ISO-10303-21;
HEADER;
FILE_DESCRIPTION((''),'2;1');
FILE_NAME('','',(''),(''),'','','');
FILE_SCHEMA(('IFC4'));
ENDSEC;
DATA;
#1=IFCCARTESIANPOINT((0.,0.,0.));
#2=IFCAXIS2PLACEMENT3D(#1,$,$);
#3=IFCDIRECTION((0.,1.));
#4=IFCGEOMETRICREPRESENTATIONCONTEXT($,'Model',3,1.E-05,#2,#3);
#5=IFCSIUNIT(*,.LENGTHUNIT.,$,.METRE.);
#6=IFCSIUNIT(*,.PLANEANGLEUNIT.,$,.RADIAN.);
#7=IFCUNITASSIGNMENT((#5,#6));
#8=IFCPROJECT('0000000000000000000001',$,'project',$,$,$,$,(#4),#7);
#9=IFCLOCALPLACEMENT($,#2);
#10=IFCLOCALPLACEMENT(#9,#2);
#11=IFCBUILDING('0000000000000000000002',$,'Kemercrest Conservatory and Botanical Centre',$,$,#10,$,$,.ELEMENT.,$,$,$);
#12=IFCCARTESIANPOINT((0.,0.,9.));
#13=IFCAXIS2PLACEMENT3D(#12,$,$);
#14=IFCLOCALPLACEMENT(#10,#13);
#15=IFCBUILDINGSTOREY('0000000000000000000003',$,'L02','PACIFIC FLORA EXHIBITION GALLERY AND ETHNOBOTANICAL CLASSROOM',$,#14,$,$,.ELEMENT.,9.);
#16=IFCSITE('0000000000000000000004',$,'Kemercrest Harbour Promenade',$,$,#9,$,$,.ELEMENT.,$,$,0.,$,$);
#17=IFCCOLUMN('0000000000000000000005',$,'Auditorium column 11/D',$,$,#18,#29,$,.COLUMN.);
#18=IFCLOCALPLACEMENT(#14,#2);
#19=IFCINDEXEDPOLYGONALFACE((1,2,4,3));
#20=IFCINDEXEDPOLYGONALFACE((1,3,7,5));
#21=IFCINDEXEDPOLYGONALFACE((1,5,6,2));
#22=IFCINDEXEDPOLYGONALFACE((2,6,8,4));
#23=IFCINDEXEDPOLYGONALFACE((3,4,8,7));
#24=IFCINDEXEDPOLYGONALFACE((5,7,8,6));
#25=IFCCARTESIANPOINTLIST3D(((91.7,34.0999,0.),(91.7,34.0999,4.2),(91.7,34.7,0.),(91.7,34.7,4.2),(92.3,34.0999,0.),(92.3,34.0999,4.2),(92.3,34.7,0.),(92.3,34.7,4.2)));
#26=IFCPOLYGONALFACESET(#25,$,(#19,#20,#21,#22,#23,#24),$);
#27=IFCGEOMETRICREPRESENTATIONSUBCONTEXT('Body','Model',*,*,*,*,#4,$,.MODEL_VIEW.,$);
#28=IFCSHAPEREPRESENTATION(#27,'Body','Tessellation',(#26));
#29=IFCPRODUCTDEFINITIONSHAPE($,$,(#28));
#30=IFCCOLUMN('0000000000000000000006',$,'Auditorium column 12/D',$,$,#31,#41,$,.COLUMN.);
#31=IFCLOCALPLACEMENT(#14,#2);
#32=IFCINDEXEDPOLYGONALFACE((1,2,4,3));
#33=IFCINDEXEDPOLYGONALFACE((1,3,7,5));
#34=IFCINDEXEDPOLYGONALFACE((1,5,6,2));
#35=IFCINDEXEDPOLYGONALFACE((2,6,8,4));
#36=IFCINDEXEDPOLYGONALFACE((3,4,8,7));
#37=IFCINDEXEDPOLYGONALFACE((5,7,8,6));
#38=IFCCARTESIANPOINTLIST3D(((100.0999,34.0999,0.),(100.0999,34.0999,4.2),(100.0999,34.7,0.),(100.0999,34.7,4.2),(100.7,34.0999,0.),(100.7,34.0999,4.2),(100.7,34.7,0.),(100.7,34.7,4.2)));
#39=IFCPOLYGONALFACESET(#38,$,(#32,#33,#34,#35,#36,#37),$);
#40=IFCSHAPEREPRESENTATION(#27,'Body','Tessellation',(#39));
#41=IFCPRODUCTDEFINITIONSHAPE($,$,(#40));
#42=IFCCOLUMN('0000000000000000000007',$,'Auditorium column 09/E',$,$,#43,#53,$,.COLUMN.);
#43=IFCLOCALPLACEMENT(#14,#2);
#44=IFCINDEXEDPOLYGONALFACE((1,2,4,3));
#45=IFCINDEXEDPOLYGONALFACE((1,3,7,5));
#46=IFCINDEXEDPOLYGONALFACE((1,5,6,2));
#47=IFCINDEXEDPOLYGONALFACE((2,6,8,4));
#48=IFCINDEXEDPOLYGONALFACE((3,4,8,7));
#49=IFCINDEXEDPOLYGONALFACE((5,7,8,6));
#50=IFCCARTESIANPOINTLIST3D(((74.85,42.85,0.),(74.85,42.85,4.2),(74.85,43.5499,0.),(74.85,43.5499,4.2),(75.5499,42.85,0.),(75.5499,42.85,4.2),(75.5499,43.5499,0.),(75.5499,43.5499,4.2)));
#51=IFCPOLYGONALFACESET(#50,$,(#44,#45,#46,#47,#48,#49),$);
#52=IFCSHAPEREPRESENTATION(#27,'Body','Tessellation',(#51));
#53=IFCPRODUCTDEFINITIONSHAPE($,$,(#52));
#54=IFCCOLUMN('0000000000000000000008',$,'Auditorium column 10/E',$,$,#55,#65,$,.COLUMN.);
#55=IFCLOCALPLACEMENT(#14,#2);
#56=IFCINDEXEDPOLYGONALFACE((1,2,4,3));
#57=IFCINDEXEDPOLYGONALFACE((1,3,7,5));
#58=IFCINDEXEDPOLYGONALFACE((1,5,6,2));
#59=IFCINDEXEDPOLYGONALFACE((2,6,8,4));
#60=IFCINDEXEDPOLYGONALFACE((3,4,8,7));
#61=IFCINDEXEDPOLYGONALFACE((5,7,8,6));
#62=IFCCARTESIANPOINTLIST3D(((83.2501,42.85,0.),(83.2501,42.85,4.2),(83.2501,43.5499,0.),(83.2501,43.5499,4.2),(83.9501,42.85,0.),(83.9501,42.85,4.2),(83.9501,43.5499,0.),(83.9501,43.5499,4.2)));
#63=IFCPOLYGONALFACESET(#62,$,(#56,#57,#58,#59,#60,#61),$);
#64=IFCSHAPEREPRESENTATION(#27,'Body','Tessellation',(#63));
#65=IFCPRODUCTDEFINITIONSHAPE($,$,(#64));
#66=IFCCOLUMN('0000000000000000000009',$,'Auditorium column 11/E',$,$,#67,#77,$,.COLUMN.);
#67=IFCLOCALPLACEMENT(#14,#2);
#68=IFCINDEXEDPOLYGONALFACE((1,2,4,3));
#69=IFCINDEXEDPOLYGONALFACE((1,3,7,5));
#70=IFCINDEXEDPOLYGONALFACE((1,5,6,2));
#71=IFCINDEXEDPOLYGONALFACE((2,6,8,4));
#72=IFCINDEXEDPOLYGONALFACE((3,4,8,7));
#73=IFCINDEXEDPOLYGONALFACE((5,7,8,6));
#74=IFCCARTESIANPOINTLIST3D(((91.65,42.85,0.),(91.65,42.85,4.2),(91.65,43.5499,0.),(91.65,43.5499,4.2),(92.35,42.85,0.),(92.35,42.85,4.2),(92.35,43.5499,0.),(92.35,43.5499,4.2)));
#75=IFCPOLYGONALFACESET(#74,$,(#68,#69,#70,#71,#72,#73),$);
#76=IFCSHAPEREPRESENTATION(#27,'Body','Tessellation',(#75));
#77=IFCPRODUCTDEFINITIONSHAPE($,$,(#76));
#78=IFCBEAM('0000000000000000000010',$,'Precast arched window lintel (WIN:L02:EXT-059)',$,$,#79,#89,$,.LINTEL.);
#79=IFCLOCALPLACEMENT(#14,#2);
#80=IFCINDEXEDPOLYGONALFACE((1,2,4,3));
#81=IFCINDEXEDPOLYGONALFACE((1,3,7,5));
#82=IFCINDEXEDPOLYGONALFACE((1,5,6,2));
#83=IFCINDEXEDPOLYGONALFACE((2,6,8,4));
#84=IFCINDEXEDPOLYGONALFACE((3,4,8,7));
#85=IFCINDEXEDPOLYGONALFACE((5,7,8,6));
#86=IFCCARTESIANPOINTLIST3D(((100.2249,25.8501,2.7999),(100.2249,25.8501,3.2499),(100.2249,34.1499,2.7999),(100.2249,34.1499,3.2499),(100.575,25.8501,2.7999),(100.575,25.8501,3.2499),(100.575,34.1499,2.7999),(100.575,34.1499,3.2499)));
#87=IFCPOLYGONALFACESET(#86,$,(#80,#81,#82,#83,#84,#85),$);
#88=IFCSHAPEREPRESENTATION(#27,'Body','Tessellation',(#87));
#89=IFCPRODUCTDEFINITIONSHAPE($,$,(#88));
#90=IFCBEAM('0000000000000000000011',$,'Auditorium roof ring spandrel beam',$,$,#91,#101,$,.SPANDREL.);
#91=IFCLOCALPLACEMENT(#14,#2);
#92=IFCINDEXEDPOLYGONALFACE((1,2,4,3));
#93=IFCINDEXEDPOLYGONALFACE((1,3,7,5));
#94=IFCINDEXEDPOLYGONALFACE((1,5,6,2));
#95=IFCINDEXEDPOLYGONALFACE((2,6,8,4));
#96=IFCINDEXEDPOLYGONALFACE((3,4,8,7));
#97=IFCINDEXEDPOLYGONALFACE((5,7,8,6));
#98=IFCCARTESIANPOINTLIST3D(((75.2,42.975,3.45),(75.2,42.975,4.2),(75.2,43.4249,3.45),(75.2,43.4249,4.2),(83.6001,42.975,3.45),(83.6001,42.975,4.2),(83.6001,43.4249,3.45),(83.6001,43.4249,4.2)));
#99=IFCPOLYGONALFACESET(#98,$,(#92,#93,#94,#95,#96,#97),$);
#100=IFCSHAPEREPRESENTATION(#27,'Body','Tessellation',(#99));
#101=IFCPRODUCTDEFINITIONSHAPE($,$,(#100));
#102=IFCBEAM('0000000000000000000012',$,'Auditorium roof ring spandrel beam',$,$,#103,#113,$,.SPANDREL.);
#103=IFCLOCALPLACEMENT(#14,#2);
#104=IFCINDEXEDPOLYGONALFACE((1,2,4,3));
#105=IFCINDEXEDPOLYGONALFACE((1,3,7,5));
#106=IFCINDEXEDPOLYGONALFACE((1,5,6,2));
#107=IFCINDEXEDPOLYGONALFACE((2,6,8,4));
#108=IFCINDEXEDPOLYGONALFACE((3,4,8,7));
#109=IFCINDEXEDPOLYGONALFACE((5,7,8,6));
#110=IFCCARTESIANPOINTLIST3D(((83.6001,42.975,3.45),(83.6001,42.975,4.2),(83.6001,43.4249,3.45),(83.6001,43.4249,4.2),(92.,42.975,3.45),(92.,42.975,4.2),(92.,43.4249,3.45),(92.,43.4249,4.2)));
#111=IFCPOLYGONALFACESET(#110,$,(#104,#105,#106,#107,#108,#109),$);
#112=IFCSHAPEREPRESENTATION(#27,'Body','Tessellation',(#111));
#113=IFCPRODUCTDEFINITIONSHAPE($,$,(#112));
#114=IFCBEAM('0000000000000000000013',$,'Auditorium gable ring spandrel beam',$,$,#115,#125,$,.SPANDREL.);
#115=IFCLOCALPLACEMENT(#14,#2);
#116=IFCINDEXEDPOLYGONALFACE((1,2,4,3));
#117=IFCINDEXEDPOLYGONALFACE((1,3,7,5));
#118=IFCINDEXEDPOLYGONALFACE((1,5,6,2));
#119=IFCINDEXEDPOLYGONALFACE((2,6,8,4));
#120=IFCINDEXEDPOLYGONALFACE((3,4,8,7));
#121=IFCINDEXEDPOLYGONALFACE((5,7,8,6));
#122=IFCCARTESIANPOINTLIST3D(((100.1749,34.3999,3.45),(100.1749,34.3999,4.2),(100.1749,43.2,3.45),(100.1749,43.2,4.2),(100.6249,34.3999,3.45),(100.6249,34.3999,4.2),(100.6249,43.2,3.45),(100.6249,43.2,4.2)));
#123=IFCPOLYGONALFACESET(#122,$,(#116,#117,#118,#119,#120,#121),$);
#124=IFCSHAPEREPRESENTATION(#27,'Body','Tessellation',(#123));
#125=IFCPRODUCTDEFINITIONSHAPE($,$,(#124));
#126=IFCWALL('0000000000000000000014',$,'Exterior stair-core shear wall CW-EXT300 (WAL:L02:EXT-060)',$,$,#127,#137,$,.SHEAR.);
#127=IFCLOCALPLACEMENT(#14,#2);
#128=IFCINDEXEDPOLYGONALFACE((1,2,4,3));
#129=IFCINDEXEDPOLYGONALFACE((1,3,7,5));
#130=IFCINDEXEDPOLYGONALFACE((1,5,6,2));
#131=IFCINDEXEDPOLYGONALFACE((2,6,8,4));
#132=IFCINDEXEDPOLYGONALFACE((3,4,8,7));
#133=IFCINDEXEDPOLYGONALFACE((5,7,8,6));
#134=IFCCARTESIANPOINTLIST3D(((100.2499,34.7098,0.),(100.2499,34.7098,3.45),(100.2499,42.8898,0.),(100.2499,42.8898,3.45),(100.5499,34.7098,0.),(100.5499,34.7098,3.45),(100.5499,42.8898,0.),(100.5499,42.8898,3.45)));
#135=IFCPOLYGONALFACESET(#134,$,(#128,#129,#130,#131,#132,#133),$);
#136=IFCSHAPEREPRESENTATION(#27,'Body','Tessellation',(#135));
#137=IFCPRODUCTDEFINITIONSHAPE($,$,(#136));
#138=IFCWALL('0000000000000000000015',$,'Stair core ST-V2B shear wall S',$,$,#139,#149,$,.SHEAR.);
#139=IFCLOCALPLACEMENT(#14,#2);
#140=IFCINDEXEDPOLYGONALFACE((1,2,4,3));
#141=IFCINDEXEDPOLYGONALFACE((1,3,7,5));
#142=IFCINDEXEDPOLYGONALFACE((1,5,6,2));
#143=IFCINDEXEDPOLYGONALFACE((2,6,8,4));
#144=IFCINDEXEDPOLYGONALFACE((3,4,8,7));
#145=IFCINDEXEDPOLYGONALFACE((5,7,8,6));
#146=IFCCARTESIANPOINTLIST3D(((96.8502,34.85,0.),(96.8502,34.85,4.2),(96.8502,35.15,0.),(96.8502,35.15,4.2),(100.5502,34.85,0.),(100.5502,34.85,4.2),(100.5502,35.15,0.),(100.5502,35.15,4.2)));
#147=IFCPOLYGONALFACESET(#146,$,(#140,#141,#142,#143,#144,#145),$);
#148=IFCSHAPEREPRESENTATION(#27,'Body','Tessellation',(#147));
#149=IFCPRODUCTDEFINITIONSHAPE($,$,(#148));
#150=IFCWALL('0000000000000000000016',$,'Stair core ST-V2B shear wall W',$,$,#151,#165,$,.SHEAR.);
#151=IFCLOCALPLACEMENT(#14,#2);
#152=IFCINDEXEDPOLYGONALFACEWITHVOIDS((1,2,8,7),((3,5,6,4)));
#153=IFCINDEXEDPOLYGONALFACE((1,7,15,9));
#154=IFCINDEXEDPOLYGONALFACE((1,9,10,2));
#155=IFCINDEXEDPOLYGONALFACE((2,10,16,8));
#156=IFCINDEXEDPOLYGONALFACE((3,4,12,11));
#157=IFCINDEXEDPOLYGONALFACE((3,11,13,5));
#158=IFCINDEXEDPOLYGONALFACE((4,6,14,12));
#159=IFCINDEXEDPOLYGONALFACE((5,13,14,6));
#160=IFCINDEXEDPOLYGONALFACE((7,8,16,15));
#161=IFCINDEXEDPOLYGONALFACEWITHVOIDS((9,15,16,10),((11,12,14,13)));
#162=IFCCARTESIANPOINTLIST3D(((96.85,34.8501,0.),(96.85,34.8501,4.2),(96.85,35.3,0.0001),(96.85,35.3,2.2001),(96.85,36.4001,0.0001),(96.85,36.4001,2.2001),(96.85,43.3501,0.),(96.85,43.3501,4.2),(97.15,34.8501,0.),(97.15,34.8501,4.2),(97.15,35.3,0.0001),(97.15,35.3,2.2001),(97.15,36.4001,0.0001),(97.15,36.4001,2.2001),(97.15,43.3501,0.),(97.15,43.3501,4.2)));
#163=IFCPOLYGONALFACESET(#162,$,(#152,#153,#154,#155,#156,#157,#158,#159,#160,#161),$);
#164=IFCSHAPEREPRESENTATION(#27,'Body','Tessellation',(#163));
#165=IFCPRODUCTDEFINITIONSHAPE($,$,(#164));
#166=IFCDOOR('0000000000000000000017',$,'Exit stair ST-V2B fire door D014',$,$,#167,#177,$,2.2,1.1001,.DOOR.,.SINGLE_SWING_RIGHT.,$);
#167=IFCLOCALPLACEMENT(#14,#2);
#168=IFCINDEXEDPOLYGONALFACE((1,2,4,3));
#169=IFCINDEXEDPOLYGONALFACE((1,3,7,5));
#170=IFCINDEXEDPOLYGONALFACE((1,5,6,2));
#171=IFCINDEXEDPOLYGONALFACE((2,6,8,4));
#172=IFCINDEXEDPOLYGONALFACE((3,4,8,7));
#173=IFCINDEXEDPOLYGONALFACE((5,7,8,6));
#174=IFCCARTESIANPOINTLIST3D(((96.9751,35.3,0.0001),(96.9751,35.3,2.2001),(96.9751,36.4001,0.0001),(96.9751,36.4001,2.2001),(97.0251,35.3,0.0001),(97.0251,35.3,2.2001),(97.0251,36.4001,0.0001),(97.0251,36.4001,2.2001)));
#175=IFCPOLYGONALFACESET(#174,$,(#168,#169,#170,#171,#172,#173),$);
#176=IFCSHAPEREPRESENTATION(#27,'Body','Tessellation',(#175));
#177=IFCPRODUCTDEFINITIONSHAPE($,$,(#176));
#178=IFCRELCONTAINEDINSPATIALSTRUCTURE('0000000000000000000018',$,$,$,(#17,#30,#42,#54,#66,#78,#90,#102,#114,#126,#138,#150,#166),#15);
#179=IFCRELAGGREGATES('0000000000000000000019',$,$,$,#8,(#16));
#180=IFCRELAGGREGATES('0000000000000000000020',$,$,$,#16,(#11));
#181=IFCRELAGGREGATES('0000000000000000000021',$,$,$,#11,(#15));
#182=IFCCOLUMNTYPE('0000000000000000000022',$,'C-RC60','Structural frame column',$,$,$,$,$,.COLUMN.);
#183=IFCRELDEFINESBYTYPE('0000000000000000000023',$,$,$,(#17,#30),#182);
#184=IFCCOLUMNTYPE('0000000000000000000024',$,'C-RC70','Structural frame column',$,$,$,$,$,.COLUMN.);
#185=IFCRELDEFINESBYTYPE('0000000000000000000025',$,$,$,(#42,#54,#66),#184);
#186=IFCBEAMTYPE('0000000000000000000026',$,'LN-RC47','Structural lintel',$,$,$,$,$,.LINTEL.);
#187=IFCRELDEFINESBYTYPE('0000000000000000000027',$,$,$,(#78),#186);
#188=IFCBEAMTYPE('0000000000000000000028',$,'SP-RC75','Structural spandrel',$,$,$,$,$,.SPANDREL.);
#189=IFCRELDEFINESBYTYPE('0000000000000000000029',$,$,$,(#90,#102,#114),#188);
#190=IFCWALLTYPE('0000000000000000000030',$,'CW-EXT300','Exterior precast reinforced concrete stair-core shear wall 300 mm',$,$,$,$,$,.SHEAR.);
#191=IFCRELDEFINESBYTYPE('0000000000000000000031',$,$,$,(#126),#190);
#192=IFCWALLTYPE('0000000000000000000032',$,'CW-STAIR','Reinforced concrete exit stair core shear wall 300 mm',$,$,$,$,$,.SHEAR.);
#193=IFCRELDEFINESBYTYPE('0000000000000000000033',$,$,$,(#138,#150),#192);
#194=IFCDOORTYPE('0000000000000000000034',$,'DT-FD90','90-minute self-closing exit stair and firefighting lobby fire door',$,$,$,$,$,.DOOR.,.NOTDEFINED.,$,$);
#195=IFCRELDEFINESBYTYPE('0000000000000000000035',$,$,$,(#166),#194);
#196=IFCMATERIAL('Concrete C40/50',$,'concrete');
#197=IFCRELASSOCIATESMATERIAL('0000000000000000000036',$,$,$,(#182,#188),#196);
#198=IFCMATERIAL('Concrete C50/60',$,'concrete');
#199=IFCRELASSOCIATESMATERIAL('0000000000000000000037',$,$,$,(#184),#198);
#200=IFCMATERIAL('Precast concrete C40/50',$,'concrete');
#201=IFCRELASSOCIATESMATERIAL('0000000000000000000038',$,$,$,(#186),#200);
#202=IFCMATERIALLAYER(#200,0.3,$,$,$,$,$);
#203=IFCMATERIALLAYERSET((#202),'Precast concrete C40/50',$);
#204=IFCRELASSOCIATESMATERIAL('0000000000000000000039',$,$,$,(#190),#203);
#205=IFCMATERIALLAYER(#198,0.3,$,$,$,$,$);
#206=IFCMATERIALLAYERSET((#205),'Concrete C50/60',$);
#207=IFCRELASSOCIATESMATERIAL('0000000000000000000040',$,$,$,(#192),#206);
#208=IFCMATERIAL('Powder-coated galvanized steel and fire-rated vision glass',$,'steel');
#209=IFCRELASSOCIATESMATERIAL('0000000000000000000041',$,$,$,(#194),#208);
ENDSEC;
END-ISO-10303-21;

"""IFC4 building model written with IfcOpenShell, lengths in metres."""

from ifc_helpers import new_model, si_unit, direction, frame, frame_2d, origin, origin_2d, place, context, subcontext, project, spatial, rectangle, extrude, material, layer, layer_set, material_profile, profile_set, type_object, element, fill, save


model = new_model("IFC4")

# Units and contexts
model_context = context("Model", 3, precision=1e-05, world=origin(), true_north=direction((0.0, 1.0)))
body_context = subcontext(model_context, "Body", "Model", "MODEL_VIEW")
ifc_project = project(units=[si_unit("LENGTHUNIT", "METRE"), si_unit("PLANEANGLEUNIT", "RADIAN")], contexts=[model_context])

# Site, building, storey
site_placement = place(None, origin())
site = spatial("IfcSite", under=ifc_project, at=site_placement, Name="Kemercrest Harbour Promenade", CompositionType="ELEMENT", RefElevation=0.0)
building_placement = place(site_placement, origin())
building = spatial("IfcBuilding", under=site, at=building_placement, Name="Kemercrest Conservatory and Botanical Centre", CompositionType="ELEMENT")
storey_placement = place(building_placement, frame((0.0, 0.0, 9.0)))
storey = spatial("IfcBuildingStorey", under=building, at=storey_placement, Name="L02", Description="PACIFIC FLORA EXHIBITION GALLERY AND ETHNOBOTANICAL CLASSROOM", CompositionType="ELEMENT", Elevation=9.0)

# Columns
ifc_material_1 = material(Name="Concrete C40/50", Category="concrete")
ifc_material_profile_1 = material_profile(ifc_material_1, rectangle(XDim=0.6001, YDim=0.6001, at=origin_2d()), Name="RC 600x600")
ifc_profile_set_1 = profile_set([ifc_material_profile_1], Name="Concrete C40/50")
column_type_1 = type_object("IfcColumnType", Name="C-RC60", Description="Structural frame column", PredefinedType="COLUMN", material=ifc_profile_set_1)
for number, where, z_axis, x_axis, name in (
    (1, (92.0, 34.3999, 0.0), (0.0, 0.0, 1.0), (1.0, 0.0, 0.0), "Auditorium column 11/D"),
    (2, (100.3999, 34.3999, 0.0), (0.0, 0.0, 1.0), (1.0, 0.0, 0.0), "Auditorium column 12/D"),
):
    element("IfcColumn", number, at=place(storey_placement, frame(where, z_axis=z_axis, x_axis=x_axis)), inside=storey, type_object=column_type_1, Name=name, PredefinedType="COLUMN", context=body_context, shape_type="SweptSolid", body=[
        extrude(rectangle(XDim=0.6001, YDim=0.6001, at=origin_2d()), origin(), (0.0, 0.0, 1.0), 4.2),
    ])
ifc_material_2 = material(Name="Concrete C50/60", Category="concrete")
ifc_material_profile_2 = material_profile(ifc_material_2, rectangle(XDim=0.7, YDim=0.7, at=origin_2d()), Name="RC 700x700")
ifc_profile_set_2 = profile_set([ifc_material_profile_2], Name="Concrete C50/60")
column_type_2 = type_object("IfcColumnType", Name="C-RC70", Description="Structural frame column", PredefinedType="COLUMN", material=ifc_profile_set_2)
for number, where, z_axis, x_axis, name in (
    (3, (75.2, 43.2, 0.0), (0.0, 0.0, 1.0), (1.0, 0.0, 0.0), "Auditorium column 09/E"),
    (4, (83.6001, 43.2, 0.0), (0.0, 0.0, 1.0), (1.0, 0.0, 0.0), "Auditorium column 10/E"),
    (5, (92.0, 43.2, 0.0), (0.0, 0.0, 1.0), (1.0, 0.0, 0.0), "Auditorium column 11/E"),
):
    element("IfcColumn", number, at=place(storey_placement, frame(where, z_axis=z_axis, x_axis=x_axis)), inside=storey, type_object=column_type_2, Name=name, PredefinedType="COLUMN", context=body_context, shape_type="SweptSolid", body=[
        extrude(rectangle(XDim=0.7, YDim=0.7, at=origin_2d()), origin(), (0.0, 0.0, 1.0), 4.2),
    ])

# Beams
ifc_material_3 = material(Name="Precast concrete C40/50", Category="concrete")
ifc_material_profile_3 = material_profile(ifc_material_3, rectangle(XDim=0.3501, YDim=0.45, at=origin_2d()), Name="RC 350x450")
ifc_profile_set_3 = profile_set([ifc_material_profile_3], Name="Precast concrete C40/50")
beam_type_1 = type_object("IfcBeamType", Name="LN-RC47", Description="Structural lintel", PredefinedType="LINTEL", material=ifc_profile_set_3)
beam_1_placement = place(storey_placement, frame((100.3999, 25.8501, 3.0249), z_axis=(0.0, 1.0, 0.0), x_axis=(-1.0, 0.0, 0.0)))
element("IfcBeam", 6, at=beam_1_placement, inside=storey, type_object=beam_type_1, Name="Precast arched window lintel (WIN:L02:EXT-059)", PredefinedType="LINTEL", context=body_context, shape_type="SweptSolid", body=[
    extrude(rectangle(XDim=0.3501, YDim=0.45, at=origin_2d()), origin(), (0.0, 0.0, 1.0), 8.2998),
])
ifc_material_profile_4 = material_profile(ifc_material_1, rectangle(XDim=0.45, YDim=0.75, at=origin_2d()), Name="RC 450x750")
ifc_profile_set_4 = profile_set([ifc_material_profile_4], Name="Concrete C40/50")
beam_type_2 = type_object("IfcBeamType", Name="SP-RC75", Description="Structural spandrel", PredefinedType="SPANDREL", material=ifc_profile_set_4)
beam_2_placement = place(storey_placement, frame((75.2, 43.2, 3.825), z_axis=(1.0, 0.0, 0.0), x_axis=(0.0, 1.0, 0.0)))
element("IfcBeam", 7, at=beam_2_placement, inside=storey, type_object=beam_type_2, Name="Auditorium roof ring spandrel beam", PredefinedType="SPANDREL", context=body_context, shape_type="SweptSolid", body=[
    extrude(rectangle(XDim=0.45, YDim=0.75, at=origin_2d()), origin(), (0.0, 0.0, 1.0), 8.4001),
])
beam_3_placement = place(storey_placement, frame((83.6001, 43.2, 3.825), z_axis=(1.0, 0.0, 0.0), x_axis=(0.0, 1.0, 0.0)))
element("IfcBeam", 8, at=beam_3_placement, inside=storey, type_object=beam_type_2, Name="Auditorium roof ring spandrel beam", PredefinedType="SPANDREL", context=body_context, shape_type="SweptSolid", body=[
    extrude(rectangle(XDim=0.45, YDim=0.75, at=origin_2d()), origin(), (0.0, 0.0, 1.0), 8.3999),
])
beam_4_placement = place(storey_placement, frame((100.3999, 34.3999, 3.825), z_axis=(0.0, 1.0, 0.0), x_axis=(-1.0, 0.0, 0.0)))
element("IfcBeam", 9, at=beam_4_placement, inside=storey, type_object=beam_type_2, Name="Auditorium gable ring spandrel beam", PredefinedType="SPANDREL", context=body_context, shape_type="SweptSolid", body=[
    extrude(rectangle(XDim=0.45, YDim=0.75, at=origin_2d()), origin(), (0.0, 0.0, 1.0), 8.8),
])

# Walls
ifc_layer_1 = layer(ifc_material_3, 0.3)
ifc_layer_set_1 = layer_set([ifc_layer_1], Name="Precast concrete C40/50")
wall_type_1 = type_object("IfcWallType", Name="CW-EXT300", Description="Exterior precast reinforced concrete stair-core shear wall 300 mm", PredefinedType="SHEAR", material=ifc_layer_set_1)
wall_1_placement = place(storey_placement, frame((100.3999, 34.71, 0.0), z_axis=(0.0, 0.0, 1.0), x_axis=(0.0, 1.0, 0.0)))
element("IfcWall", 10, at=wall_1_placement, inside=storey, type_object=wall_type_1, Name="Exterior stair-core shear wall CW-EXT300 (WAL:L02:EXT-060)", PredefinedType="SHEAR", context=body_context, shape_type="SweptSolid", body=[
    extrude(rectangle(XDim=8.1799, YDim=0.3, at=frame_2d((4.0898, 0.0))), origin(), (0.0, 0.0, 1.0), 3.45),
])
ifc_layer_2 = layer(ifc_material_2, 0.3)
ifc_layer_set_2 = layer_set([ifc_layer_2], Name="Concrete C50/60")
wall_type_2 = type_object("IfcWallType", Name="CW-STAIR", Description="Reinforced concrete exit stair core shear wall 300 mm", PredefinedType="SHEAR", material=ifc_layer_set_2)
wall_2_placement = place(storey_placement, frame((96.8501, 35.0, 0.0), z_axis=(0.0, 0.0, 1.0), x_axis=(1.0, 0.0, 0.0)))
element("IfcWall", 11, at=wall_2_placement, inside=storey, type_object=wall_type_2, Name="Stair core ST-V2B shear wall S", PredefinedType="SHEAR", context=body_context, shape_type="SweptSolid", body=[
    extrude(rectangle(XDim=3.7, YDim=0.3, at=frame_2d((1.8501, 0.0))), origin(), (0.0, 0.0, 1.0), 4.2),
])

# Wall, opening, door
wall_3_placement = place(storey_placement, frame((97.0, 34.8501, 0.0), z_axis=(0.0, 0.0, 1.0), x_axis=(0.0, 1.0, 0.0)))
wall_3 = element("IfcWall", 12, at=wall_3_placement, inside=storey, type_object=wall_type_2, Name="Stair core ST-V2B shear wall W", PredefinedType="SHEAR", context=body_context, shape_type="SweptSolid", body=[
    extrude(rectangle(XDim=8.5, YDim=0.3, at=frame_2d((4.25, 0.0))), origin(), (0.0, 0.0, 1.0), 4.2),
])
opening_1_placement = place(wall_3_placement, frame((0.45, 0.0, 0.0)))
opening_1 = element("IfcOpeningElement", 13, at=opening_1_placement, cuts=wall_3, PredefinedType="OPENING", context=body_context, shape_type="SweptSolid", body=[
    extrude(rectangle(XDim=1.1001, YDim=2.2, at=frame_2d((0.55, 1.1001))), frame((0.0, 0.1602, 0.0), z_axis=(0.0, -1.0, 0.0), x_axis=(1.0, 0.0, 0.0)), (0.0, 0.0, 1.0), 0.3201),
])
ifc_material_4 = material(Name="Powder-coated galvanized steel and fire-rated vision glass", Category="steel")
door_type_1 = type_object("IfcDoorType", Name="DT-FD90", Description="90-minute self-closing exit stair and firefighting lobby fire door", OperationType="NOTDEFINED", PredefinedType="DOOR", material=ifc_material_4)
door_1_placement = place(opening_1_placement, origin())
door_1 = element("IfcDoor", 14, at=door_1_placement, inside=storey, type_object=door_type_1, Name="Exit stair ST-V2B fire door D014", OperationType="SINGLE_SWING_RIGHT", OverallHeight=2.2, OverallWidth=1.1001, PredefinedType="DOOR", context=body_context, shape_type="SweptSolid", body=[
    extrude(rectangle(XDim=1.1001, YDim=2.2, at=frame_2d((0.55, 1.1001))), frame((0.0, 0.0249, 0.0), z_axis=(0.0, -1.0, 0.0), x_axis=(1.0, 0.0, 0.0)), (0.0, 0.0, 1.0), 0.05),
])
fill(opening_1, door_1)

save(model, "model.ifc")
